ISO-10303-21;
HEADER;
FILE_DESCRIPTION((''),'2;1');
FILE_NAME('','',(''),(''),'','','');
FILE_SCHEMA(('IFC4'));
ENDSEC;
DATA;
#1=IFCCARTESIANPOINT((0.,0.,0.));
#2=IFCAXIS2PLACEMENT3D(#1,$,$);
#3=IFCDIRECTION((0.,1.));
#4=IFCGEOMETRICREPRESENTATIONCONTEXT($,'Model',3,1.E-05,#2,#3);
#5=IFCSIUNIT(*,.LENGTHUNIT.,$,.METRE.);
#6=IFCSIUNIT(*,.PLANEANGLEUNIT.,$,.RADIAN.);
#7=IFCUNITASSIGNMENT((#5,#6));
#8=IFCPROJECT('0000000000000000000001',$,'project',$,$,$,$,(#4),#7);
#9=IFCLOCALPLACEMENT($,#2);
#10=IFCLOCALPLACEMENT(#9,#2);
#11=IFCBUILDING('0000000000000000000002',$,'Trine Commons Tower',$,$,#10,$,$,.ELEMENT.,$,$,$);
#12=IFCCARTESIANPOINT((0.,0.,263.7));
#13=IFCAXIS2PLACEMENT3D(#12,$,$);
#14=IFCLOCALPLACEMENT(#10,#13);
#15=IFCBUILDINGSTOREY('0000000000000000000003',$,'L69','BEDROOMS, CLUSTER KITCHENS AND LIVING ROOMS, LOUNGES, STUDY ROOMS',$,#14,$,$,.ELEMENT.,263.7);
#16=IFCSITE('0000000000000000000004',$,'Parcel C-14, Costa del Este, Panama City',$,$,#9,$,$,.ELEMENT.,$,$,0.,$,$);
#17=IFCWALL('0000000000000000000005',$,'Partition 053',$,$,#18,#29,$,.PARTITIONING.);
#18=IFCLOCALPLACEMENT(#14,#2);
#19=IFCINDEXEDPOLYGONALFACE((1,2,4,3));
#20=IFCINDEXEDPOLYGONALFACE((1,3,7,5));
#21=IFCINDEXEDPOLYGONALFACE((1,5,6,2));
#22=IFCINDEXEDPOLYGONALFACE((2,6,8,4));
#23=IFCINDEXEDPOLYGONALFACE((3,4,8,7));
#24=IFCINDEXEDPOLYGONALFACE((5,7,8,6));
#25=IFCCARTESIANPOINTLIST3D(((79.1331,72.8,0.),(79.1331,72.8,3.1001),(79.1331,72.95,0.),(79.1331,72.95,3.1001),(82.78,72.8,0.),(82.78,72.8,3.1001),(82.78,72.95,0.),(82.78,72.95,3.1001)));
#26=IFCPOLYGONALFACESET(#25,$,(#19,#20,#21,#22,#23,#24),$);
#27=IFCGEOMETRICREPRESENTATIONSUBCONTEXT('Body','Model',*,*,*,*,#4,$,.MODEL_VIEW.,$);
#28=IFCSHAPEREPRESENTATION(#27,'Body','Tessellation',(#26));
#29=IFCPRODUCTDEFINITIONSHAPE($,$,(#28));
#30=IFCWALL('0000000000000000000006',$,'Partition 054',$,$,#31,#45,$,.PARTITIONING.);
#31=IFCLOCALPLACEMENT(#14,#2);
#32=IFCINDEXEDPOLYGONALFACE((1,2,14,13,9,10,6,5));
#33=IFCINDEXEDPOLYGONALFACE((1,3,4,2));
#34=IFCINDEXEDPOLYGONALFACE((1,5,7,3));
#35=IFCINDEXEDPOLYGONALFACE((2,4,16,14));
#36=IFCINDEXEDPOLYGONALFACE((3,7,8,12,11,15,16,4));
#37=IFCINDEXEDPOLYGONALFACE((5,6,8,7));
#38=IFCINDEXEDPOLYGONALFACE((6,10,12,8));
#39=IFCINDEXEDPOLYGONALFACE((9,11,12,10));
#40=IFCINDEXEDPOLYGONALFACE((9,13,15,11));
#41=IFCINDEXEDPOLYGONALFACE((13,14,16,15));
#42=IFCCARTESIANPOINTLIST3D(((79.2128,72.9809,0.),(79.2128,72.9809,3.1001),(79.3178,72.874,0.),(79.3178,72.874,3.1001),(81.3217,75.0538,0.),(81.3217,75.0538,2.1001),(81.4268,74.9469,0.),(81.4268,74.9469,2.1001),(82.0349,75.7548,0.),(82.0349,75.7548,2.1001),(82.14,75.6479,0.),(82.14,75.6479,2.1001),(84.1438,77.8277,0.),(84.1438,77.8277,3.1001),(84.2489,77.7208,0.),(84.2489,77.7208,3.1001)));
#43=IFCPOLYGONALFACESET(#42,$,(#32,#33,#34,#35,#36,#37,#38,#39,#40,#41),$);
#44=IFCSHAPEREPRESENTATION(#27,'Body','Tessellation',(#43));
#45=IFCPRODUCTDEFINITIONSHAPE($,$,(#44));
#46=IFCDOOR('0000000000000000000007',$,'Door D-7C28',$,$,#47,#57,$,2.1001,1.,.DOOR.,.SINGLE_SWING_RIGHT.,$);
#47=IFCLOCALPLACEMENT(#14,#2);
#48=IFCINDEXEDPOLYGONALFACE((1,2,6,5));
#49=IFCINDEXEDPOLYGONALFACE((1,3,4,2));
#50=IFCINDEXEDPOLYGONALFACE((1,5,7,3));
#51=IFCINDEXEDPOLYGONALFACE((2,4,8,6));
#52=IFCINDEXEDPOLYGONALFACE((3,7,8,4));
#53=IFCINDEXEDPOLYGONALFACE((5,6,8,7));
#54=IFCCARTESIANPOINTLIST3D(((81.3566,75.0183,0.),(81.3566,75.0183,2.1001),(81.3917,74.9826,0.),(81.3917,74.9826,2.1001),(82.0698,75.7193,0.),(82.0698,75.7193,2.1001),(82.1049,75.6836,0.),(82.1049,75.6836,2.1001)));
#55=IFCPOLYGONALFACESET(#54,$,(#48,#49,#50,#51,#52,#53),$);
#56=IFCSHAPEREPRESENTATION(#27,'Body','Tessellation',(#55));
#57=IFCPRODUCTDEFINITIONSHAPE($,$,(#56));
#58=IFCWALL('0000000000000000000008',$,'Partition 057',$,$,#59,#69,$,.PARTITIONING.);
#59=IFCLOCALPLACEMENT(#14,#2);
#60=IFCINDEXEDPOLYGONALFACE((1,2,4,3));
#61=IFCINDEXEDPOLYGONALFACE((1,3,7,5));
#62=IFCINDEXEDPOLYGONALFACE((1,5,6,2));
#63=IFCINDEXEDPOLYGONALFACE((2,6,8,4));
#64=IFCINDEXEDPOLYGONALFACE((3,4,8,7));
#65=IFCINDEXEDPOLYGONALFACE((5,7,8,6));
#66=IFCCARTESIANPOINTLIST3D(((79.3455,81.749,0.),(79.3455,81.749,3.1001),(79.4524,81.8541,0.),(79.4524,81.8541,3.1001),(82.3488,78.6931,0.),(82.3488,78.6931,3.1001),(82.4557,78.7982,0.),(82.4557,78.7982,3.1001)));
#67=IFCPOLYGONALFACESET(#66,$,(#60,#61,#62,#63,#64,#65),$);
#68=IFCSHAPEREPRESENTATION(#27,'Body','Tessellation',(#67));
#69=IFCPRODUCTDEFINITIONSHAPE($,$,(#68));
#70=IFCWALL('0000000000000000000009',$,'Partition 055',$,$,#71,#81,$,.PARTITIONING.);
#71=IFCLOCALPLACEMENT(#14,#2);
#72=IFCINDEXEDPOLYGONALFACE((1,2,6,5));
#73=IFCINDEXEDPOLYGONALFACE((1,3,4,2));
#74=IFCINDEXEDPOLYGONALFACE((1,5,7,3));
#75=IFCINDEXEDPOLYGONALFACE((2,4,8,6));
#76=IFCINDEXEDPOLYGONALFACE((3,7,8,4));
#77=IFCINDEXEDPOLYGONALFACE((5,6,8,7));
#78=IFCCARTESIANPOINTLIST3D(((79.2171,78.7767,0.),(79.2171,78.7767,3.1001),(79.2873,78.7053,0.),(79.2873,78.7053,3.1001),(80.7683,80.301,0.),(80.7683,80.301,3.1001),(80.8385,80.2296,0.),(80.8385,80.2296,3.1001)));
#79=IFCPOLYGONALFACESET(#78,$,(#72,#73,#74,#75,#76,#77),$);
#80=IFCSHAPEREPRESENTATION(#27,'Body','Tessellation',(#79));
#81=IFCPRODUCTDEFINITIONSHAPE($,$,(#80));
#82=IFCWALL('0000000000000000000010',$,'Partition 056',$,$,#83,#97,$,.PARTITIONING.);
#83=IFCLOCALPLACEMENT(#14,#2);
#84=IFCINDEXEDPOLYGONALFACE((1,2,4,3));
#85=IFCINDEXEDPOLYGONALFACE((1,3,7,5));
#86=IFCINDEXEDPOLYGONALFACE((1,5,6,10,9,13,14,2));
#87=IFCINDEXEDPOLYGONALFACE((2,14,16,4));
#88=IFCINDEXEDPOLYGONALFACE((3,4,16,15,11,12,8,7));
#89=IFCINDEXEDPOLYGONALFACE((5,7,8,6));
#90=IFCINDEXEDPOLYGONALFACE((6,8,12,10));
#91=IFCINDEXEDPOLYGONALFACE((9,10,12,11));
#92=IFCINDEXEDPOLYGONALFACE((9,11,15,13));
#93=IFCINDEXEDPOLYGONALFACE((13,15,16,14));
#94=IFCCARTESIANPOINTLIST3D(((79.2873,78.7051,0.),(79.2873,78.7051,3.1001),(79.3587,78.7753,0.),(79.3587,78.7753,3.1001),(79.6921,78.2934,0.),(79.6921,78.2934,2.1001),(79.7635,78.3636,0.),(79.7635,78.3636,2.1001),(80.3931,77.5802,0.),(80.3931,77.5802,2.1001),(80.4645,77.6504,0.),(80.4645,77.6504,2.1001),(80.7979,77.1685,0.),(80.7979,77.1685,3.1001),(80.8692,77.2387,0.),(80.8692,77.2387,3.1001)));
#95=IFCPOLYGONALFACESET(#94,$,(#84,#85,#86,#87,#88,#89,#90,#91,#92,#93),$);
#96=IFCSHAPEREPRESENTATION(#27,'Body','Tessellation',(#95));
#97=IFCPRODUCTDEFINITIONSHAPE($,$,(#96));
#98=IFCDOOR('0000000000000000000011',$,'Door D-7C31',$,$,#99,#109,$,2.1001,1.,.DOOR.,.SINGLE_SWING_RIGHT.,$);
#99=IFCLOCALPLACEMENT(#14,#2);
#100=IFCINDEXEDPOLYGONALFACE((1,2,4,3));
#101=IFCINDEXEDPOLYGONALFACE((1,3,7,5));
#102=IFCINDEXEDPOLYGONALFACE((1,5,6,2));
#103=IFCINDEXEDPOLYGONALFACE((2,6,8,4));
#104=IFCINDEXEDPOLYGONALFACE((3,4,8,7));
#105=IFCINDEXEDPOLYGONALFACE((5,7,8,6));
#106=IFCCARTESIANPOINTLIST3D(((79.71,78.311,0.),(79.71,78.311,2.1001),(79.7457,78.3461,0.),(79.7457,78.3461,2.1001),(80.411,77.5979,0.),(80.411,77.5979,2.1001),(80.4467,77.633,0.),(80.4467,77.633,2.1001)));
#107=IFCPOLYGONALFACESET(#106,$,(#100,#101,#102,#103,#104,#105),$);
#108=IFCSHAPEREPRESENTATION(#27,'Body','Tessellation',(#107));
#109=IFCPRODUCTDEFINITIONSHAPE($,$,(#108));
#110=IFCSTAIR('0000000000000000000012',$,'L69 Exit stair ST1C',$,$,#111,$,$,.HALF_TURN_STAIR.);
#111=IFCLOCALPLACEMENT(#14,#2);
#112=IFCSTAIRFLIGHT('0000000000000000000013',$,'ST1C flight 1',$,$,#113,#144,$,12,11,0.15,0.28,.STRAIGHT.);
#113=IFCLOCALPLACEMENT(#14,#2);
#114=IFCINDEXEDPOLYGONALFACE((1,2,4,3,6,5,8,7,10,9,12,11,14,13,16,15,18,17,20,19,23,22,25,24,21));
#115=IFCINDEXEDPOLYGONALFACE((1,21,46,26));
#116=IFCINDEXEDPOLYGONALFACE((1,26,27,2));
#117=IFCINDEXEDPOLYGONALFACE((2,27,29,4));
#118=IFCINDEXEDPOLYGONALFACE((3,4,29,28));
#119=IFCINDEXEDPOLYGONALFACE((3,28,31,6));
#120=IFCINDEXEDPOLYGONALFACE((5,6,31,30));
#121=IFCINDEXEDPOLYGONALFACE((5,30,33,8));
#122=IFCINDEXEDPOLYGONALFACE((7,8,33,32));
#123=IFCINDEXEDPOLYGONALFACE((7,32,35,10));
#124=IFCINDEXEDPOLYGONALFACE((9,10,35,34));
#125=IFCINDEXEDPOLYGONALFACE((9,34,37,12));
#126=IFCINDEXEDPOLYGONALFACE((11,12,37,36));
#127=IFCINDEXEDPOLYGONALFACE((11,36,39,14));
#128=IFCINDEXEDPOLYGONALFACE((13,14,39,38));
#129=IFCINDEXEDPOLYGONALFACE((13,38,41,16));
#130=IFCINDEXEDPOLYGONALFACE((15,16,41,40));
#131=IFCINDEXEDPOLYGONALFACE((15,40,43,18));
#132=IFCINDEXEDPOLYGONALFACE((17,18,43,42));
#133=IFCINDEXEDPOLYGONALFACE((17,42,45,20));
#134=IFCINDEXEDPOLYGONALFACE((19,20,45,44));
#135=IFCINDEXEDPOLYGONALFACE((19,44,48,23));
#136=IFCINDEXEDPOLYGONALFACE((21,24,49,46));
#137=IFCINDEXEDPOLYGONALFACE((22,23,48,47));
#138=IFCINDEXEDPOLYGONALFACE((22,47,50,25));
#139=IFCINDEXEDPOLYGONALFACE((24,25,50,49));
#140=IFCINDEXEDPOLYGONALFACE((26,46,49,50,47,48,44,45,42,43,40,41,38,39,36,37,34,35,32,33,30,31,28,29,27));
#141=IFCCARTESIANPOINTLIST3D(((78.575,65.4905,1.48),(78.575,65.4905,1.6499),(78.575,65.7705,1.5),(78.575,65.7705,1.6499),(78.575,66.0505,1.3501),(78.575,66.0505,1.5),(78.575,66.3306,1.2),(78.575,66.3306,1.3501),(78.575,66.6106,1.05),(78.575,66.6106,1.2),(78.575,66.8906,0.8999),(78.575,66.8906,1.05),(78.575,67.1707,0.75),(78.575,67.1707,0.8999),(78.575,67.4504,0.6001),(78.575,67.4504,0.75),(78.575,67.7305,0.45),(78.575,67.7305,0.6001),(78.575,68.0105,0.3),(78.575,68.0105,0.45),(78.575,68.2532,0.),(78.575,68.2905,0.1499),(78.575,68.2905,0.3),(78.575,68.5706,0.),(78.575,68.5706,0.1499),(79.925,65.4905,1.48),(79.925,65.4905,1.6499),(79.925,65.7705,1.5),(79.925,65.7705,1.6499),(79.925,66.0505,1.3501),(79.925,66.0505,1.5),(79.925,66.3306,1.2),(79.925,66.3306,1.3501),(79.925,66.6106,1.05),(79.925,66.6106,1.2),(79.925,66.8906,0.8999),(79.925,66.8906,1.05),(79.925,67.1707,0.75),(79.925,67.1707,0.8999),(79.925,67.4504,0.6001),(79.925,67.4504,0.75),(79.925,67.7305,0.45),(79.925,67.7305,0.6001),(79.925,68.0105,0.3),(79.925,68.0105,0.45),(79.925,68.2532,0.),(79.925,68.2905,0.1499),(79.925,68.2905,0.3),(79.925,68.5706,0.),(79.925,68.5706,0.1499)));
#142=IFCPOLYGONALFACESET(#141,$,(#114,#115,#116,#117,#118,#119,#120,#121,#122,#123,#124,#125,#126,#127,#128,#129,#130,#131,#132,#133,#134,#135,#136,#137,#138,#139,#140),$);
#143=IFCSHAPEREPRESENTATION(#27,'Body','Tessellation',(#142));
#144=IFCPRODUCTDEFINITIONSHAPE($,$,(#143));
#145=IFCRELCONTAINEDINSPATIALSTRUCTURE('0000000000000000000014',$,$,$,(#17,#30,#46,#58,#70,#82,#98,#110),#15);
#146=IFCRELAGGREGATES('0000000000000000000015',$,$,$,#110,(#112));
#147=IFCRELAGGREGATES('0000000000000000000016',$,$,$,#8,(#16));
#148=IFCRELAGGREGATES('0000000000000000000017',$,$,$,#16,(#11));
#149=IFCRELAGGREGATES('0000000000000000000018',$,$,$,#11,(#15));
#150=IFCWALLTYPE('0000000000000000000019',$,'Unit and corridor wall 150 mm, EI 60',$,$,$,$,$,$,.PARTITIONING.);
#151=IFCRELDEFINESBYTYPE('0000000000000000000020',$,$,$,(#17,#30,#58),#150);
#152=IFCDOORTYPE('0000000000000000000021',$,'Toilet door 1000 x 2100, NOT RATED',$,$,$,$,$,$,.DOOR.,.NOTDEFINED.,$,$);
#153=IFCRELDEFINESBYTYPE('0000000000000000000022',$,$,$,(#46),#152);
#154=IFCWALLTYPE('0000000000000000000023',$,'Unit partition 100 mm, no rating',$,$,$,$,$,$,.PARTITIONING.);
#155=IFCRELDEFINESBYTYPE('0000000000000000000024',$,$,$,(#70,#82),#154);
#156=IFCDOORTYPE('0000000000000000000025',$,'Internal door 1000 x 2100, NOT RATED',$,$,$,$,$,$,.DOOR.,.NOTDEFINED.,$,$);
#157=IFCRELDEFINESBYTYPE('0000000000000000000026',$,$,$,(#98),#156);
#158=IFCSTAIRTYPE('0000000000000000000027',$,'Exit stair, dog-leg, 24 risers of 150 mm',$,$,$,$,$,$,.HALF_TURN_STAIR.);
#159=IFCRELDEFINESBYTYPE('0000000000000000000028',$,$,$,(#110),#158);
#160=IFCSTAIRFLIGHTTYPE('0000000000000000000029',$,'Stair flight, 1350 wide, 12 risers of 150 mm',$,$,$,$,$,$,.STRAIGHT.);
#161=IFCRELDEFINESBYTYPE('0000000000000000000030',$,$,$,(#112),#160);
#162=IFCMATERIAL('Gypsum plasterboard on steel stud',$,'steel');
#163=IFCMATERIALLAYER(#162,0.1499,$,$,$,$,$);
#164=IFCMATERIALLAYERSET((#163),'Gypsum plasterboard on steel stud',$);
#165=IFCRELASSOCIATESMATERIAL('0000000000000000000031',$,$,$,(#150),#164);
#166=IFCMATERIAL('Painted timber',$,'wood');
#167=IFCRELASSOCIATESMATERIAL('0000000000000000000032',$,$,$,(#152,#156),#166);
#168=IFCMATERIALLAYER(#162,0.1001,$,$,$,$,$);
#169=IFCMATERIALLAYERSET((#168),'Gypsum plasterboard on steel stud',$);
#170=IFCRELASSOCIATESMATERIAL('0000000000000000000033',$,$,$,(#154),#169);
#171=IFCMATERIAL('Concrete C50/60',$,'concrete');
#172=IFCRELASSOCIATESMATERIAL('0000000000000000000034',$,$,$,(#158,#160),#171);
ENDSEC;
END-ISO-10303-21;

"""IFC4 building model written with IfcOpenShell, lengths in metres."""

from ifc_helpers import new_model, si_unit, direction, frame, frame_2d, origin, place, context, subcontext, project, spatial, polyline, rectangle, outline, extrude, material, layer, layer_set, type_object, element, fill, aggregate, save


model = new_model("IFC4")

# Units and contexts
model_context = context("Model", 3, precision=1e-05, world=origin(), true_north=direction((0.0, 1.0)))
body_context = subcontext(model_context, "Body", "Model", "MODEL_VIEW")
ifc_project = project(units=[si_unit("LENGTHUNIT", "METRE"), si_unit("PLANEANGLEUNIT", "RADIAN")], contexts=[model_context])

# Site, building, storey
site_placement = place(None, origin())
site = spatial("IfcSite", under=ifc_project, at=site_placement, Name="Parcel C-14, Costa del Este, Panama City", CompositionType="ELEMENT", RefElevation=0.0)
building_placement = place(site_placement, origin())
building = spatial("IfcBuilding", under=site, at=building_placement, Name="Trine Commons Tower", CompositionType="ELEMENT")
storey_placement = place(building_placement, frame((0.0, 0.0, 263.7)))
storey = spatial("IfcBuildingStorey", under=building, at=storey_placement, Name="L69", Description="BEDROOMS, CLUSTER KITCHENS AND LIVING ROOMS, LOUNGES, STUDY ROOMS", CompositionType="ELEMENT", Elevation=263.7)

# Shared definitions
ifc_material_1 = material(Name="Concrete C50/60", Category="concrete")

# Shared definitions
ifc_material_2 = material(Name="Gypsum plasterboard on steel stud", Category="steel")
ifc_layer_1 = layer(ifc_material_2, 0.1499)
ifc_layer_set_1 = layer_set([ifc_layer_1], Name="Gypsum plasterboard on steel stud")
wall_type_1 = type_object("IfcWallType", Name="Unit and corridor wall 150 mm, EI 60", PredefinedType="PARTITIONING", material=ifc_layer_set_1)

# Shared definitions
ifc_material_3 = material(Name="Painted timber", Category="wood")

# Wall
wall_1_placement = place(storey_placement, frame((79.1331, 72.875, 0.0), z_axis=(0.0, 0.0, 1.0), x_axis=(1.0, 0.0, 0.0)))
element("IfcWall", 1, at=wall_1_placement, inside=storey, type_object=wall_type_1, Name="Partition 053", PredefinedType="PARTITIONING", context=body_context, shape_type="SweptSolid", body=[
    extrude(rectangle(XDim=3.647, YDim=0.1499, at=frame_2d((1.8235, 0.0))), origin(), (0.0, 0.0, 1.0), 3.1001),
])

# Wall, opening, door
wall_2_placement = place(storey_placement, frame((79.2654, 72.9275, 0.0), z_axis=(0.0, 0.0, 1.0), x_axis=(0.713171, 0.70099, 0.0)))
wall_2 = element("IfcWall", 2, at=wall_2_placement, inside=storey, type_object=wall_type_1, Name="Partition 054", PredefinedType="PARTITIONING", context=body_context, shape_type="SweptSolid", body=[
    extrude(rectangle(XDim=6.9143, YDim=0.1499, at=frame_2d((3.457, 0.0))), origin(), (0.0, 0.0, 1.0), 3.1001),
])
opening_1_placement = place(wall_2_placement, frame((2.957, 0.0, 0.0)))
opening_1 = element("IfcOpeningElement", 3, at=opening_1_placement, cuts=wall_2, PredefinedType="OPENING", context=body_context, shape_type="SweptSolid", body=[
    extrude(rectangle(XDim=1.0, YDim=2.1001, at=frame_2d((0.5, 1.05))), frame((0.0, 0.085, 0.0), z_axis=(0.0, -1.0, 0.0), x_axis=(1.0, 0.0, 0.0)), (0.0, 0.0, 1.0), 0.1699),
])
door_type_1 = type_object("IfcDoorType", Name="Toilet door 1000 x 2100, NOT RATED", OperationType="NOTDEFINED", PredefinedType="DOOR", material=ifc_material_3)
door_1_placement = place(opening_1_placement, frame((1.0, 0.0, 0.0), z_axis=(0.0, 0.0, 1.0), x_axis=(-1.0, 0.0, 0.0)))
door_1 = element("IfcDoor", 4, at=door_1_placement, inside=storey, type_object=door_type_1, Name="Door D-7C28", OperationType="SINGLE_SWING_RIGHT", OverallHeight=2.1001, OverallWidth=1.0, PredefinedType="DOOR", context=body_context, shape_type="SweptSolid", body=[
    extrude(rectangle(XDim=1.0, YDim=2.1001, at=frame_2d((0.5, 1.05))), frame((0.0, 0.0249, 0.0), z_axis=(0.0, -1.0, 0.0), x_axis=(1.0, 0.0, 0.0)), (0.0, 0.0, 1.0), 0.05),
])
fill(opening_1, door_1)

# Walls
wall_3_placement = place(storey_placement, frame((79.3989, 81.8015, 0.0), z_axis=(0.0, 0.0, 1.0), x_axis=(0.700955, -0.713205, 0.0)))
element("IfcWall", 5, at=wall_3_placement, inside=storey, type_object=wall_type_1, Name="Partition 057", PredefinedType="PARTITIONING", context=body_context, shape_type="SweptSolid", body=[
    extrude(rectangle(XDim=4.2847, YDim=0.1499, at=frame_2d((2.1423, 0.0))), origin(), (0.0, 0.0, 1.0), 3.1001),
])
ifc_layer_2 = layer(ifc_material_2, 0.1001)
ifc_layer_set_2 = layer_set([ifc_layer_2], Name="Gypsum plasterboard on steel stud")
wall_type_2 = type_object("IfcWallType", Name="Unit partition 100 mm, no rating", PredefinedType="PARTITIONING", material=ifc_layer_set_2)
wall_4_placement = place(storey_placement, frame((79.2522, 78.741, 0.0), z_axis=(0.0, 0.0, 1.0), x_axis=(0.713254, 0.700906, 0.0)))
element("IfcWall", 6, at=wall_4_placement, inside=storey, type_object=wall_type_2, Name="Partition 055", PredefinedType="PARTITIONING", context=body_context, shape_type="SweptSolid", body=[
    extrude(rectangle(XDim=2.1748, YDim=0.1001, at=frame_2d((1.0874, 0.0))), origin(), (0.0, 0.0, 1.0), 3.1001),
])

# Wall, opening, door
wall_5_placement = place(storey_placement, frame((79.323, 78.7402, 0.0), z_axis=(0.0, 0.0, 1.0), x_axis=(0.701019, -0.713143, 0.0)))
wall_5 = element("IfcWall", 7, at=wall_5_placement, inside=storey, type_object=wall_type_2, Name="Partition 056", PredefinedType="PARTITIONING", context=body_context, shape_type="SweptSolid", body=[
    extrude(rectangle(XDim=2.1548, YDim=0.1001, at=frame_2d((1.0774, 0.0))), origin(), (0.0, 0.0, 1.0), 3.1001),
])
opening_2_placement = place(wall_5_placement, frame((0.5774, 0.0, 0.0)))
opening_2 = element("IfcOpeningElement", 8, at=opening_2_placement, cuts=wall_5, PredefinedType="OPENING", context=body_context, shape_type="SweptSolid", body=[
    extrude(rectangle(XDim=1.0, YDim=2.1001, at=frame_2d((0.5, 1.05))), frame((0.0, 0.0601, 0.0), z_axis=(0.0, -1.0, 0.0), x_axis=(1.0, 0.0, 0.0)), (0.0, 0.0, 1.0), 0.1201),
])
door_type_2 = type_object("IfcDoorType", Name="Internal door 1000 x 2100, NOT RATED", OperationType="NOTDEFINED", PredefinedType="DOOR", material=ifc_material_3)
door_2_placement = place(opening_2_placement, frame((1.0, 0.0, 0.0), z_axis=(0.0, 0.0, 1.0), x_axis=(-1.0, 0.0, 0.0)))
door_2 = element("IfcDoor", 9, at=door_2_placement, inside=storey, type_object=door_type_2, Name="Door D-7C31", OperationType="SINGLE_SWING_RIGHT", OverallHeight=2.1001, OverallWidth=1.0, PredefinedType="DOOR", context=body_context, shape_type="SweptSolid", body=[
    extrude(rectangle(XDim=1.0, YDim=2.1001, at=frame_2d((0.5, 1.05))), frame((0.0, 0.0249, 0.0), z_axis=(0.0, -1.0, 0.0), x_axis=(1.0, 0.0, 0.0)), (0.0, 0.0, 1.0), 0.05),
])
fill(opening_2, door_2)

# Stair, stair flight
stair_type = type_object("IfcStairType", Name="Exit stair, dog-leg, 24 risers of 150 mm", PredefinedType="HALF_TURN_STAIR", material=ifc_material_1)
stair_placement = place(storey_placement, origin())
stair = element("IfcStair", 10, at=stair_placement, inside=storey, type_object=stair_type, Name="L69 Exit stair ST1C", PredefinedType="HALF_TURN_STAIR")
stair_flight_type = type_object("IfcStairFlightType", Name="Stair flight, 1350 wide, 12 risers of 150 mm", PredefinedType="STRAIGHT", material=ifc_material_1)
stair_flight_placement = place(storey_placement, frame((79.25, 68.5706, 0.0), z_axis=(0.0, 0.0, 1.0), x_axis=(0.0, -1.0, 0.0)))
stair_flight = element("IfcStairFlight", 11, at=stair_flight_placement, type_object=stair_flight_type, Name="ST1C flight 1", NumberOfRisers=12, NumberOfTreads=11, PredefinedType="STRAIGHT", RiserHeight=0.15, TreadLength=0.28, context=body_context, shape_type="SweptSolid", body=[
    extrude(outline(polyline([(0.0, 0.0), (0.0, 0.1499), (0.28, 0.1499), (0.28, 0.3), (0.5601, 0.3), (0.5601, 0.45), (0.8401, 0.45), (0.8401, 0.6001), (1.1201, 0.6001), (1.1201, 0.75), (1.3999, 0.75), (1.3999, 0.8999), (1.6799, 0.8999), (1.6799, 1.05), (1.96, 1.05), (1.96, 1.2), (2.24, 1.2), (2.24, 1.3501), (2.52, 1.3501), (2.52, 1.5), (2.8, 1.5), (2.8, 1.6499), (3.0801, 1.6499), (3.0801, 1.8), (3.0801, 1.48), (0.3174, 0.0), (0.0, 0.0)])), frame((0.0, 0.675, 0.0), z_axis=(0.0, -1.0, 0.0), x_axis=(1.0, 0.0, 0.0)), (0.0, 0.0, 1.0), 1.3501),
])
aggregate(stair, [stair_flight])

save(model, "model.ifc")
